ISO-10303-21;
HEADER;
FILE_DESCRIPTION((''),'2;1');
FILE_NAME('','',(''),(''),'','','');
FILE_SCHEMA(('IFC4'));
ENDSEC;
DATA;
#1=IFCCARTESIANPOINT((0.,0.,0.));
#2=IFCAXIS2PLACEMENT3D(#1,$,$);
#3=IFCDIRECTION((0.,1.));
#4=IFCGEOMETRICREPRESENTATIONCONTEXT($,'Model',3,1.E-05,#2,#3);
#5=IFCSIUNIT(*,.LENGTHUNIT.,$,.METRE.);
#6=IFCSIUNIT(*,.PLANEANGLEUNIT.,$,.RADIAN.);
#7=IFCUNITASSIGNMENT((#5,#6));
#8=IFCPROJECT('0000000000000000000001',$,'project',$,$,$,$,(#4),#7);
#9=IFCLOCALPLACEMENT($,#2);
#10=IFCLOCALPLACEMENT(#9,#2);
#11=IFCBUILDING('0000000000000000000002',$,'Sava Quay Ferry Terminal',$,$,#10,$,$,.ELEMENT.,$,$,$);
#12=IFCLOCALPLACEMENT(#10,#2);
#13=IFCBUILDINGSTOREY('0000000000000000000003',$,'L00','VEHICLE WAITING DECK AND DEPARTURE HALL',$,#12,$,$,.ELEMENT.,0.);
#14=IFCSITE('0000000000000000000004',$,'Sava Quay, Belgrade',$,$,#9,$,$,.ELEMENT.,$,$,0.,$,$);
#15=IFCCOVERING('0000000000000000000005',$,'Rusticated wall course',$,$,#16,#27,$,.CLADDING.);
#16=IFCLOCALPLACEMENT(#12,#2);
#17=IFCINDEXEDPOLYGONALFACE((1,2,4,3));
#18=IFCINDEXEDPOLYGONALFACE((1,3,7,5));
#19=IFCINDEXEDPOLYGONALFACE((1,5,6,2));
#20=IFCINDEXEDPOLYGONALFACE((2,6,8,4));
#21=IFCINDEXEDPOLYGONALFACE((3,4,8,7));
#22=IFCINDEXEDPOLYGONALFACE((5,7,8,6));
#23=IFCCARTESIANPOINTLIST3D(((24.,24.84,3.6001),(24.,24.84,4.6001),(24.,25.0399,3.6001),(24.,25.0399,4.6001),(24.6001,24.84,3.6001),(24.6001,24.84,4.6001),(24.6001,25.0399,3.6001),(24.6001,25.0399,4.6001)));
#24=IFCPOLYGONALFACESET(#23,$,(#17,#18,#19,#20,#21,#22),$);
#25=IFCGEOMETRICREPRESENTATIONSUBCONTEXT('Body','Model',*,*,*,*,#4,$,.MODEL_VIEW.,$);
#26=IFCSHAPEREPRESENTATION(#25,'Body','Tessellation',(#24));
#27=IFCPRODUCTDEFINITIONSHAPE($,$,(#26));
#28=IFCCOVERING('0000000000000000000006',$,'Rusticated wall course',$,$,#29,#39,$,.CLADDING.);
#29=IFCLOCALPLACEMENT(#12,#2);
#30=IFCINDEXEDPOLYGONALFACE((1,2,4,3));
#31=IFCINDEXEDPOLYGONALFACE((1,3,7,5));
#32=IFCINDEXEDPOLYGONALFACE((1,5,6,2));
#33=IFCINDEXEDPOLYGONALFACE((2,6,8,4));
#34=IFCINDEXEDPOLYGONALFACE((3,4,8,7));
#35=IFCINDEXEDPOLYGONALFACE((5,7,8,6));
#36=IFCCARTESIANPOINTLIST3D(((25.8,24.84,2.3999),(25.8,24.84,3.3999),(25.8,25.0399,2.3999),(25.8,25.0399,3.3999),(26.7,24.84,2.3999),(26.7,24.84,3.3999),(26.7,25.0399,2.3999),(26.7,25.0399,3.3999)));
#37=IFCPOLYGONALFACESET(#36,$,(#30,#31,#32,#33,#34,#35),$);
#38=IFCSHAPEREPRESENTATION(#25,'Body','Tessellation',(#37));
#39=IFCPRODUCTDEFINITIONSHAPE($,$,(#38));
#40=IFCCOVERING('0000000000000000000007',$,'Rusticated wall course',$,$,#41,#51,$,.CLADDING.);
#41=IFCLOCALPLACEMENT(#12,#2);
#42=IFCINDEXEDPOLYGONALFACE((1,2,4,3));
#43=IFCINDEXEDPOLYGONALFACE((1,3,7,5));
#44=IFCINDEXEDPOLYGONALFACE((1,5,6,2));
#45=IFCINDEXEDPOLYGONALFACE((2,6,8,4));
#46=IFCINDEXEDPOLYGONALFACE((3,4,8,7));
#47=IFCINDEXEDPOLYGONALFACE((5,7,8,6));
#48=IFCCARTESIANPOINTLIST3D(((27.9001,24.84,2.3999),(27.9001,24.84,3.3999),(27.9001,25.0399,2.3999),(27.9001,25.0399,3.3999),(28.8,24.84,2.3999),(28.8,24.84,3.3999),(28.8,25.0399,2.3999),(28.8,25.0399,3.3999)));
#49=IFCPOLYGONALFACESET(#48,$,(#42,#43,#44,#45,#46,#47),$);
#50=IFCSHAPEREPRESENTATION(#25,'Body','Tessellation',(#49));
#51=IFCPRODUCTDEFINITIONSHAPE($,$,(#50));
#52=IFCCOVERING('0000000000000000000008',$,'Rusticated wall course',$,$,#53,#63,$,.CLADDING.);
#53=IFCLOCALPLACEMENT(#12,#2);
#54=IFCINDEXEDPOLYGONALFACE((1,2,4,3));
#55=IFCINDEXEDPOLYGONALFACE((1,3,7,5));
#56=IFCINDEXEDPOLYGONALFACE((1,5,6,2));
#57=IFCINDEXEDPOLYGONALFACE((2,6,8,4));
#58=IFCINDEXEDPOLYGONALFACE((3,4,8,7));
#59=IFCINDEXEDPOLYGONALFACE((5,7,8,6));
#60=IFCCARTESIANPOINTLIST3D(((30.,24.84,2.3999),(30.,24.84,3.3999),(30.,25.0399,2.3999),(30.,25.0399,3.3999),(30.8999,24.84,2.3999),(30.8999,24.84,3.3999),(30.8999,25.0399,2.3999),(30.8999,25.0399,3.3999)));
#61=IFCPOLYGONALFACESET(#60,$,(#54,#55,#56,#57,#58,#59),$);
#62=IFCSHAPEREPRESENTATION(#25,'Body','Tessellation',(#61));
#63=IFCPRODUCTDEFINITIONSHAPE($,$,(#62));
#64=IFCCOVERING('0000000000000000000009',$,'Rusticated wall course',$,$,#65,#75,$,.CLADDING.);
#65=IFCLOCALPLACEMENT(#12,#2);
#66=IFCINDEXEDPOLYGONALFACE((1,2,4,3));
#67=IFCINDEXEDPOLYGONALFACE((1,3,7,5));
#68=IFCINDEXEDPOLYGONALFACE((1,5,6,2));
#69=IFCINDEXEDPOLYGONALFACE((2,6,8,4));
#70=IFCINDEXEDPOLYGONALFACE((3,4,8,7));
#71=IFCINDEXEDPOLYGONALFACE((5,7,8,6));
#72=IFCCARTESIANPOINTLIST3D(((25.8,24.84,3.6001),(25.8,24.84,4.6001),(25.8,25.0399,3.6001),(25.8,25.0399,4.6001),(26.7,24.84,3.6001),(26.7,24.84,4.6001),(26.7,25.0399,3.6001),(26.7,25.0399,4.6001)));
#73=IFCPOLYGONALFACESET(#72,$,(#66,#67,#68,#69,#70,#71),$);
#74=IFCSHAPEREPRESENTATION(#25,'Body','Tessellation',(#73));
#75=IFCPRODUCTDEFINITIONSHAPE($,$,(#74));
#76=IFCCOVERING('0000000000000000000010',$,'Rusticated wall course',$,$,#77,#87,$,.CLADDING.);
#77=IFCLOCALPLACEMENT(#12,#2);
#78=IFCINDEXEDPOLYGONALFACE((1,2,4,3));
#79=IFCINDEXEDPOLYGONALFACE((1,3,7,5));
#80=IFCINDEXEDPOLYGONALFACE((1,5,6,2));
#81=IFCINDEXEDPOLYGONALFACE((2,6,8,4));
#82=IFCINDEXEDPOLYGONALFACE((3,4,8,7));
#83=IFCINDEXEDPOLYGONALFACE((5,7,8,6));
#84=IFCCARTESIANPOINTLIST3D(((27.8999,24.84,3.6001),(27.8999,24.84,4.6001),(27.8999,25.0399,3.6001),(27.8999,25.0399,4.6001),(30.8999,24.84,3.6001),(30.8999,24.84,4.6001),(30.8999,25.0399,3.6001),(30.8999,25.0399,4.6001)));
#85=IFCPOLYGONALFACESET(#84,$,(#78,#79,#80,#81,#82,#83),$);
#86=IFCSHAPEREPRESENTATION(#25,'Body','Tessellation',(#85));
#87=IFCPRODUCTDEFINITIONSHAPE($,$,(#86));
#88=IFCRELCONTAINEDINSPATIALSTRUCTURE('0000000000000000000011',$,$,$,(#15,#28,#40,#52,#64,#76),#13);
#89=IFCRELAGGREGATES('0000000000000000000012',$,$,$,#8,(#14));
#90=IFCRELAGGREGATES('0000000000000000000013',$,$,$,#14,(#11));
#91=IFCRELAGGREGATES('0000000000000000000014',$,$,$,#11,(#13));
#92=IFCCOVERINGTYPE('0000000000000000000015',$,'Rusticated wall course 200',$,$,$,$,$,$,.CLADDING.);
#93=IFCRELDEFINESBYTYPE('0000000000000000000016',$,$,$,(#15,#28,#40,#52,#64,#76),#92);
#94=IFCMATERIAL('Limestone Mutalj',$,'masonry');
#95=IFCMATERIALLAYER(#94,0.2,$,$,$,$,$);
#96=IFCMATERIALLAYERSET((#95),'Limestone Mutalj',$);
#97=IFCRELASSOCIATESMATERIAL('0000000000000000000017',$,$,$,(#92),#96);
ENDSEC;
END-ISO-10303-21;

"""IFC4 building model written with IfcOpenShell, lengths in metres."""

from ifc_helpers import new_model, si_unit, direction, frame, origin, origin_2d, place, context, subcontext, project, spatial, rectangle, extrude, material, layer, layer_set, type_object, element, save


model = new_model("IFC4")

# Units and contexts
model_context = context("Model", 3, precision=1e-05, world=origin(), true_north=direction((0.0, 1.0)))
body_context = subcontext(model_context, "Body", "Model", "MODEL_VIEW")
ifc_project = project(units=[si_unit("LENGTHUNIT", "METRE"), si_unit("PLANEANGLEUNIT", "RADIAN")], contexts=[model_context])

# Site, building, storey
site_placement = place(None, origin())
site = spatial("IfcSite", under=ifc_project, at=site_placement, Name="Sava Quay, Belgrade", CompositionType="ELEMENT", RefElevation=0.0)
building_placement = place(site_placement, origin())
building = spatial("IfcBuilding", under=site, at=building_placement, Name="Sava Quay Ferry Terminal", CompositionType="ELEMENT")
storey_placement = place(building_placement, origin())
storey = spatial("IfcBuildingStorey", under=building, at=storey_placement, Name="L00", Description="VEHICLE WAITING DECK AND DEPARTURE HALL", CompositionType="ELEMENT", Elevation=0.0)

# Coverings
ifc_material_1 = material(Name="Limestone Mutalj", Category="masonry")
ifc_layer_1 = layer(ifc_material_1, 0.2)
ifc_layer_set_1 = layer_set([ifc_layer_1], Name="Limestone Mutalj")
covering_type_1 = type_object("IfcCoveringType", Name="Rusticated wall course 200", PredefinedType="CLADDING", material=ifc_layer_set_1)
for number, where, z_axis, x_axis, name in (
    (1, (24.3, 24.9399, 3.6001), (0.0, 0.0, 1.0), (1.0, 0.0, 0.0), "Rusticated wall course"),
):
    element("IfcCovering", number, at=place(storey_placement, frame(where, z_axis=z_axis, x_axis=x_axis)), inside=storey, type_object=covering_type_1, Name=name, PredefinedType="CLADDING", context=body_context, shape_type="SweptSolid", body=[
        extrude(rectangle(XDim=0.6001, YDim=0.2, at=origin_2d()), origin(), (0.0, 0.0, 1.0), 1.0),
    ])
for number, where, z_axis, x_axis, name in (
    (2, (26.25, 24.9399, 2.3999), (0.0, 0.0, 1.0), (1.0, 0.0, 0.0), "Rusticated wall course"),
    (3, (28.3501, 24.9399, 2.3999), (0.0, 0.0, 1.0), (1.0, 0.0, 0.0), "Rusticated wall course"),
    (4, (30.45, 24.9399, 2.3999), (0.0, 0.0, 1.0), (1.0, 0.0, 0.0), "Rusticated wall course"),
    (5, (26.25, 24.9399, 3.6001), (0.0, 0.0, 1.0), (1.0, 0.0, 0.0), "Rusticated wall course"),
):
    element("IfcCovering", number, at=place(storey_placement, frame(where, z_axis=z_axis, x_axis=x_axis)), inside=storey, type_object=covering_type_1, Name=name, PredefinedType="CLADDING", context=body_context, shape_type="SweptSolid", body=[
        extrude(rectangle(XDim=0.8999, YDim=0.2, at=origin_2d()), origin(), (0.0, 0.0, 1.0), 1.0),
    ])
covering_1_placement = place(storey_placement, frame((29.3999, 24.9399, 3.6001), z_axis=(0.0, 0.0, 1.0), x_axis=(1.0, 0.0, 0.0)))
element("IfcCovering", 6, at=covering_1_placement, inside=storey, type_object=covering_type_1, Name="Rusticated wall course", PredefinedType="CLADDING", context=body_context, shape_type="SweptSolid", body=[
    extrude(rectangle(XDim=3.0, YDim=0.2, at=origin_2d()), origin(), (0.0, 0.0, 1.0), 1.0),
])

save(model, "model.ifc")
